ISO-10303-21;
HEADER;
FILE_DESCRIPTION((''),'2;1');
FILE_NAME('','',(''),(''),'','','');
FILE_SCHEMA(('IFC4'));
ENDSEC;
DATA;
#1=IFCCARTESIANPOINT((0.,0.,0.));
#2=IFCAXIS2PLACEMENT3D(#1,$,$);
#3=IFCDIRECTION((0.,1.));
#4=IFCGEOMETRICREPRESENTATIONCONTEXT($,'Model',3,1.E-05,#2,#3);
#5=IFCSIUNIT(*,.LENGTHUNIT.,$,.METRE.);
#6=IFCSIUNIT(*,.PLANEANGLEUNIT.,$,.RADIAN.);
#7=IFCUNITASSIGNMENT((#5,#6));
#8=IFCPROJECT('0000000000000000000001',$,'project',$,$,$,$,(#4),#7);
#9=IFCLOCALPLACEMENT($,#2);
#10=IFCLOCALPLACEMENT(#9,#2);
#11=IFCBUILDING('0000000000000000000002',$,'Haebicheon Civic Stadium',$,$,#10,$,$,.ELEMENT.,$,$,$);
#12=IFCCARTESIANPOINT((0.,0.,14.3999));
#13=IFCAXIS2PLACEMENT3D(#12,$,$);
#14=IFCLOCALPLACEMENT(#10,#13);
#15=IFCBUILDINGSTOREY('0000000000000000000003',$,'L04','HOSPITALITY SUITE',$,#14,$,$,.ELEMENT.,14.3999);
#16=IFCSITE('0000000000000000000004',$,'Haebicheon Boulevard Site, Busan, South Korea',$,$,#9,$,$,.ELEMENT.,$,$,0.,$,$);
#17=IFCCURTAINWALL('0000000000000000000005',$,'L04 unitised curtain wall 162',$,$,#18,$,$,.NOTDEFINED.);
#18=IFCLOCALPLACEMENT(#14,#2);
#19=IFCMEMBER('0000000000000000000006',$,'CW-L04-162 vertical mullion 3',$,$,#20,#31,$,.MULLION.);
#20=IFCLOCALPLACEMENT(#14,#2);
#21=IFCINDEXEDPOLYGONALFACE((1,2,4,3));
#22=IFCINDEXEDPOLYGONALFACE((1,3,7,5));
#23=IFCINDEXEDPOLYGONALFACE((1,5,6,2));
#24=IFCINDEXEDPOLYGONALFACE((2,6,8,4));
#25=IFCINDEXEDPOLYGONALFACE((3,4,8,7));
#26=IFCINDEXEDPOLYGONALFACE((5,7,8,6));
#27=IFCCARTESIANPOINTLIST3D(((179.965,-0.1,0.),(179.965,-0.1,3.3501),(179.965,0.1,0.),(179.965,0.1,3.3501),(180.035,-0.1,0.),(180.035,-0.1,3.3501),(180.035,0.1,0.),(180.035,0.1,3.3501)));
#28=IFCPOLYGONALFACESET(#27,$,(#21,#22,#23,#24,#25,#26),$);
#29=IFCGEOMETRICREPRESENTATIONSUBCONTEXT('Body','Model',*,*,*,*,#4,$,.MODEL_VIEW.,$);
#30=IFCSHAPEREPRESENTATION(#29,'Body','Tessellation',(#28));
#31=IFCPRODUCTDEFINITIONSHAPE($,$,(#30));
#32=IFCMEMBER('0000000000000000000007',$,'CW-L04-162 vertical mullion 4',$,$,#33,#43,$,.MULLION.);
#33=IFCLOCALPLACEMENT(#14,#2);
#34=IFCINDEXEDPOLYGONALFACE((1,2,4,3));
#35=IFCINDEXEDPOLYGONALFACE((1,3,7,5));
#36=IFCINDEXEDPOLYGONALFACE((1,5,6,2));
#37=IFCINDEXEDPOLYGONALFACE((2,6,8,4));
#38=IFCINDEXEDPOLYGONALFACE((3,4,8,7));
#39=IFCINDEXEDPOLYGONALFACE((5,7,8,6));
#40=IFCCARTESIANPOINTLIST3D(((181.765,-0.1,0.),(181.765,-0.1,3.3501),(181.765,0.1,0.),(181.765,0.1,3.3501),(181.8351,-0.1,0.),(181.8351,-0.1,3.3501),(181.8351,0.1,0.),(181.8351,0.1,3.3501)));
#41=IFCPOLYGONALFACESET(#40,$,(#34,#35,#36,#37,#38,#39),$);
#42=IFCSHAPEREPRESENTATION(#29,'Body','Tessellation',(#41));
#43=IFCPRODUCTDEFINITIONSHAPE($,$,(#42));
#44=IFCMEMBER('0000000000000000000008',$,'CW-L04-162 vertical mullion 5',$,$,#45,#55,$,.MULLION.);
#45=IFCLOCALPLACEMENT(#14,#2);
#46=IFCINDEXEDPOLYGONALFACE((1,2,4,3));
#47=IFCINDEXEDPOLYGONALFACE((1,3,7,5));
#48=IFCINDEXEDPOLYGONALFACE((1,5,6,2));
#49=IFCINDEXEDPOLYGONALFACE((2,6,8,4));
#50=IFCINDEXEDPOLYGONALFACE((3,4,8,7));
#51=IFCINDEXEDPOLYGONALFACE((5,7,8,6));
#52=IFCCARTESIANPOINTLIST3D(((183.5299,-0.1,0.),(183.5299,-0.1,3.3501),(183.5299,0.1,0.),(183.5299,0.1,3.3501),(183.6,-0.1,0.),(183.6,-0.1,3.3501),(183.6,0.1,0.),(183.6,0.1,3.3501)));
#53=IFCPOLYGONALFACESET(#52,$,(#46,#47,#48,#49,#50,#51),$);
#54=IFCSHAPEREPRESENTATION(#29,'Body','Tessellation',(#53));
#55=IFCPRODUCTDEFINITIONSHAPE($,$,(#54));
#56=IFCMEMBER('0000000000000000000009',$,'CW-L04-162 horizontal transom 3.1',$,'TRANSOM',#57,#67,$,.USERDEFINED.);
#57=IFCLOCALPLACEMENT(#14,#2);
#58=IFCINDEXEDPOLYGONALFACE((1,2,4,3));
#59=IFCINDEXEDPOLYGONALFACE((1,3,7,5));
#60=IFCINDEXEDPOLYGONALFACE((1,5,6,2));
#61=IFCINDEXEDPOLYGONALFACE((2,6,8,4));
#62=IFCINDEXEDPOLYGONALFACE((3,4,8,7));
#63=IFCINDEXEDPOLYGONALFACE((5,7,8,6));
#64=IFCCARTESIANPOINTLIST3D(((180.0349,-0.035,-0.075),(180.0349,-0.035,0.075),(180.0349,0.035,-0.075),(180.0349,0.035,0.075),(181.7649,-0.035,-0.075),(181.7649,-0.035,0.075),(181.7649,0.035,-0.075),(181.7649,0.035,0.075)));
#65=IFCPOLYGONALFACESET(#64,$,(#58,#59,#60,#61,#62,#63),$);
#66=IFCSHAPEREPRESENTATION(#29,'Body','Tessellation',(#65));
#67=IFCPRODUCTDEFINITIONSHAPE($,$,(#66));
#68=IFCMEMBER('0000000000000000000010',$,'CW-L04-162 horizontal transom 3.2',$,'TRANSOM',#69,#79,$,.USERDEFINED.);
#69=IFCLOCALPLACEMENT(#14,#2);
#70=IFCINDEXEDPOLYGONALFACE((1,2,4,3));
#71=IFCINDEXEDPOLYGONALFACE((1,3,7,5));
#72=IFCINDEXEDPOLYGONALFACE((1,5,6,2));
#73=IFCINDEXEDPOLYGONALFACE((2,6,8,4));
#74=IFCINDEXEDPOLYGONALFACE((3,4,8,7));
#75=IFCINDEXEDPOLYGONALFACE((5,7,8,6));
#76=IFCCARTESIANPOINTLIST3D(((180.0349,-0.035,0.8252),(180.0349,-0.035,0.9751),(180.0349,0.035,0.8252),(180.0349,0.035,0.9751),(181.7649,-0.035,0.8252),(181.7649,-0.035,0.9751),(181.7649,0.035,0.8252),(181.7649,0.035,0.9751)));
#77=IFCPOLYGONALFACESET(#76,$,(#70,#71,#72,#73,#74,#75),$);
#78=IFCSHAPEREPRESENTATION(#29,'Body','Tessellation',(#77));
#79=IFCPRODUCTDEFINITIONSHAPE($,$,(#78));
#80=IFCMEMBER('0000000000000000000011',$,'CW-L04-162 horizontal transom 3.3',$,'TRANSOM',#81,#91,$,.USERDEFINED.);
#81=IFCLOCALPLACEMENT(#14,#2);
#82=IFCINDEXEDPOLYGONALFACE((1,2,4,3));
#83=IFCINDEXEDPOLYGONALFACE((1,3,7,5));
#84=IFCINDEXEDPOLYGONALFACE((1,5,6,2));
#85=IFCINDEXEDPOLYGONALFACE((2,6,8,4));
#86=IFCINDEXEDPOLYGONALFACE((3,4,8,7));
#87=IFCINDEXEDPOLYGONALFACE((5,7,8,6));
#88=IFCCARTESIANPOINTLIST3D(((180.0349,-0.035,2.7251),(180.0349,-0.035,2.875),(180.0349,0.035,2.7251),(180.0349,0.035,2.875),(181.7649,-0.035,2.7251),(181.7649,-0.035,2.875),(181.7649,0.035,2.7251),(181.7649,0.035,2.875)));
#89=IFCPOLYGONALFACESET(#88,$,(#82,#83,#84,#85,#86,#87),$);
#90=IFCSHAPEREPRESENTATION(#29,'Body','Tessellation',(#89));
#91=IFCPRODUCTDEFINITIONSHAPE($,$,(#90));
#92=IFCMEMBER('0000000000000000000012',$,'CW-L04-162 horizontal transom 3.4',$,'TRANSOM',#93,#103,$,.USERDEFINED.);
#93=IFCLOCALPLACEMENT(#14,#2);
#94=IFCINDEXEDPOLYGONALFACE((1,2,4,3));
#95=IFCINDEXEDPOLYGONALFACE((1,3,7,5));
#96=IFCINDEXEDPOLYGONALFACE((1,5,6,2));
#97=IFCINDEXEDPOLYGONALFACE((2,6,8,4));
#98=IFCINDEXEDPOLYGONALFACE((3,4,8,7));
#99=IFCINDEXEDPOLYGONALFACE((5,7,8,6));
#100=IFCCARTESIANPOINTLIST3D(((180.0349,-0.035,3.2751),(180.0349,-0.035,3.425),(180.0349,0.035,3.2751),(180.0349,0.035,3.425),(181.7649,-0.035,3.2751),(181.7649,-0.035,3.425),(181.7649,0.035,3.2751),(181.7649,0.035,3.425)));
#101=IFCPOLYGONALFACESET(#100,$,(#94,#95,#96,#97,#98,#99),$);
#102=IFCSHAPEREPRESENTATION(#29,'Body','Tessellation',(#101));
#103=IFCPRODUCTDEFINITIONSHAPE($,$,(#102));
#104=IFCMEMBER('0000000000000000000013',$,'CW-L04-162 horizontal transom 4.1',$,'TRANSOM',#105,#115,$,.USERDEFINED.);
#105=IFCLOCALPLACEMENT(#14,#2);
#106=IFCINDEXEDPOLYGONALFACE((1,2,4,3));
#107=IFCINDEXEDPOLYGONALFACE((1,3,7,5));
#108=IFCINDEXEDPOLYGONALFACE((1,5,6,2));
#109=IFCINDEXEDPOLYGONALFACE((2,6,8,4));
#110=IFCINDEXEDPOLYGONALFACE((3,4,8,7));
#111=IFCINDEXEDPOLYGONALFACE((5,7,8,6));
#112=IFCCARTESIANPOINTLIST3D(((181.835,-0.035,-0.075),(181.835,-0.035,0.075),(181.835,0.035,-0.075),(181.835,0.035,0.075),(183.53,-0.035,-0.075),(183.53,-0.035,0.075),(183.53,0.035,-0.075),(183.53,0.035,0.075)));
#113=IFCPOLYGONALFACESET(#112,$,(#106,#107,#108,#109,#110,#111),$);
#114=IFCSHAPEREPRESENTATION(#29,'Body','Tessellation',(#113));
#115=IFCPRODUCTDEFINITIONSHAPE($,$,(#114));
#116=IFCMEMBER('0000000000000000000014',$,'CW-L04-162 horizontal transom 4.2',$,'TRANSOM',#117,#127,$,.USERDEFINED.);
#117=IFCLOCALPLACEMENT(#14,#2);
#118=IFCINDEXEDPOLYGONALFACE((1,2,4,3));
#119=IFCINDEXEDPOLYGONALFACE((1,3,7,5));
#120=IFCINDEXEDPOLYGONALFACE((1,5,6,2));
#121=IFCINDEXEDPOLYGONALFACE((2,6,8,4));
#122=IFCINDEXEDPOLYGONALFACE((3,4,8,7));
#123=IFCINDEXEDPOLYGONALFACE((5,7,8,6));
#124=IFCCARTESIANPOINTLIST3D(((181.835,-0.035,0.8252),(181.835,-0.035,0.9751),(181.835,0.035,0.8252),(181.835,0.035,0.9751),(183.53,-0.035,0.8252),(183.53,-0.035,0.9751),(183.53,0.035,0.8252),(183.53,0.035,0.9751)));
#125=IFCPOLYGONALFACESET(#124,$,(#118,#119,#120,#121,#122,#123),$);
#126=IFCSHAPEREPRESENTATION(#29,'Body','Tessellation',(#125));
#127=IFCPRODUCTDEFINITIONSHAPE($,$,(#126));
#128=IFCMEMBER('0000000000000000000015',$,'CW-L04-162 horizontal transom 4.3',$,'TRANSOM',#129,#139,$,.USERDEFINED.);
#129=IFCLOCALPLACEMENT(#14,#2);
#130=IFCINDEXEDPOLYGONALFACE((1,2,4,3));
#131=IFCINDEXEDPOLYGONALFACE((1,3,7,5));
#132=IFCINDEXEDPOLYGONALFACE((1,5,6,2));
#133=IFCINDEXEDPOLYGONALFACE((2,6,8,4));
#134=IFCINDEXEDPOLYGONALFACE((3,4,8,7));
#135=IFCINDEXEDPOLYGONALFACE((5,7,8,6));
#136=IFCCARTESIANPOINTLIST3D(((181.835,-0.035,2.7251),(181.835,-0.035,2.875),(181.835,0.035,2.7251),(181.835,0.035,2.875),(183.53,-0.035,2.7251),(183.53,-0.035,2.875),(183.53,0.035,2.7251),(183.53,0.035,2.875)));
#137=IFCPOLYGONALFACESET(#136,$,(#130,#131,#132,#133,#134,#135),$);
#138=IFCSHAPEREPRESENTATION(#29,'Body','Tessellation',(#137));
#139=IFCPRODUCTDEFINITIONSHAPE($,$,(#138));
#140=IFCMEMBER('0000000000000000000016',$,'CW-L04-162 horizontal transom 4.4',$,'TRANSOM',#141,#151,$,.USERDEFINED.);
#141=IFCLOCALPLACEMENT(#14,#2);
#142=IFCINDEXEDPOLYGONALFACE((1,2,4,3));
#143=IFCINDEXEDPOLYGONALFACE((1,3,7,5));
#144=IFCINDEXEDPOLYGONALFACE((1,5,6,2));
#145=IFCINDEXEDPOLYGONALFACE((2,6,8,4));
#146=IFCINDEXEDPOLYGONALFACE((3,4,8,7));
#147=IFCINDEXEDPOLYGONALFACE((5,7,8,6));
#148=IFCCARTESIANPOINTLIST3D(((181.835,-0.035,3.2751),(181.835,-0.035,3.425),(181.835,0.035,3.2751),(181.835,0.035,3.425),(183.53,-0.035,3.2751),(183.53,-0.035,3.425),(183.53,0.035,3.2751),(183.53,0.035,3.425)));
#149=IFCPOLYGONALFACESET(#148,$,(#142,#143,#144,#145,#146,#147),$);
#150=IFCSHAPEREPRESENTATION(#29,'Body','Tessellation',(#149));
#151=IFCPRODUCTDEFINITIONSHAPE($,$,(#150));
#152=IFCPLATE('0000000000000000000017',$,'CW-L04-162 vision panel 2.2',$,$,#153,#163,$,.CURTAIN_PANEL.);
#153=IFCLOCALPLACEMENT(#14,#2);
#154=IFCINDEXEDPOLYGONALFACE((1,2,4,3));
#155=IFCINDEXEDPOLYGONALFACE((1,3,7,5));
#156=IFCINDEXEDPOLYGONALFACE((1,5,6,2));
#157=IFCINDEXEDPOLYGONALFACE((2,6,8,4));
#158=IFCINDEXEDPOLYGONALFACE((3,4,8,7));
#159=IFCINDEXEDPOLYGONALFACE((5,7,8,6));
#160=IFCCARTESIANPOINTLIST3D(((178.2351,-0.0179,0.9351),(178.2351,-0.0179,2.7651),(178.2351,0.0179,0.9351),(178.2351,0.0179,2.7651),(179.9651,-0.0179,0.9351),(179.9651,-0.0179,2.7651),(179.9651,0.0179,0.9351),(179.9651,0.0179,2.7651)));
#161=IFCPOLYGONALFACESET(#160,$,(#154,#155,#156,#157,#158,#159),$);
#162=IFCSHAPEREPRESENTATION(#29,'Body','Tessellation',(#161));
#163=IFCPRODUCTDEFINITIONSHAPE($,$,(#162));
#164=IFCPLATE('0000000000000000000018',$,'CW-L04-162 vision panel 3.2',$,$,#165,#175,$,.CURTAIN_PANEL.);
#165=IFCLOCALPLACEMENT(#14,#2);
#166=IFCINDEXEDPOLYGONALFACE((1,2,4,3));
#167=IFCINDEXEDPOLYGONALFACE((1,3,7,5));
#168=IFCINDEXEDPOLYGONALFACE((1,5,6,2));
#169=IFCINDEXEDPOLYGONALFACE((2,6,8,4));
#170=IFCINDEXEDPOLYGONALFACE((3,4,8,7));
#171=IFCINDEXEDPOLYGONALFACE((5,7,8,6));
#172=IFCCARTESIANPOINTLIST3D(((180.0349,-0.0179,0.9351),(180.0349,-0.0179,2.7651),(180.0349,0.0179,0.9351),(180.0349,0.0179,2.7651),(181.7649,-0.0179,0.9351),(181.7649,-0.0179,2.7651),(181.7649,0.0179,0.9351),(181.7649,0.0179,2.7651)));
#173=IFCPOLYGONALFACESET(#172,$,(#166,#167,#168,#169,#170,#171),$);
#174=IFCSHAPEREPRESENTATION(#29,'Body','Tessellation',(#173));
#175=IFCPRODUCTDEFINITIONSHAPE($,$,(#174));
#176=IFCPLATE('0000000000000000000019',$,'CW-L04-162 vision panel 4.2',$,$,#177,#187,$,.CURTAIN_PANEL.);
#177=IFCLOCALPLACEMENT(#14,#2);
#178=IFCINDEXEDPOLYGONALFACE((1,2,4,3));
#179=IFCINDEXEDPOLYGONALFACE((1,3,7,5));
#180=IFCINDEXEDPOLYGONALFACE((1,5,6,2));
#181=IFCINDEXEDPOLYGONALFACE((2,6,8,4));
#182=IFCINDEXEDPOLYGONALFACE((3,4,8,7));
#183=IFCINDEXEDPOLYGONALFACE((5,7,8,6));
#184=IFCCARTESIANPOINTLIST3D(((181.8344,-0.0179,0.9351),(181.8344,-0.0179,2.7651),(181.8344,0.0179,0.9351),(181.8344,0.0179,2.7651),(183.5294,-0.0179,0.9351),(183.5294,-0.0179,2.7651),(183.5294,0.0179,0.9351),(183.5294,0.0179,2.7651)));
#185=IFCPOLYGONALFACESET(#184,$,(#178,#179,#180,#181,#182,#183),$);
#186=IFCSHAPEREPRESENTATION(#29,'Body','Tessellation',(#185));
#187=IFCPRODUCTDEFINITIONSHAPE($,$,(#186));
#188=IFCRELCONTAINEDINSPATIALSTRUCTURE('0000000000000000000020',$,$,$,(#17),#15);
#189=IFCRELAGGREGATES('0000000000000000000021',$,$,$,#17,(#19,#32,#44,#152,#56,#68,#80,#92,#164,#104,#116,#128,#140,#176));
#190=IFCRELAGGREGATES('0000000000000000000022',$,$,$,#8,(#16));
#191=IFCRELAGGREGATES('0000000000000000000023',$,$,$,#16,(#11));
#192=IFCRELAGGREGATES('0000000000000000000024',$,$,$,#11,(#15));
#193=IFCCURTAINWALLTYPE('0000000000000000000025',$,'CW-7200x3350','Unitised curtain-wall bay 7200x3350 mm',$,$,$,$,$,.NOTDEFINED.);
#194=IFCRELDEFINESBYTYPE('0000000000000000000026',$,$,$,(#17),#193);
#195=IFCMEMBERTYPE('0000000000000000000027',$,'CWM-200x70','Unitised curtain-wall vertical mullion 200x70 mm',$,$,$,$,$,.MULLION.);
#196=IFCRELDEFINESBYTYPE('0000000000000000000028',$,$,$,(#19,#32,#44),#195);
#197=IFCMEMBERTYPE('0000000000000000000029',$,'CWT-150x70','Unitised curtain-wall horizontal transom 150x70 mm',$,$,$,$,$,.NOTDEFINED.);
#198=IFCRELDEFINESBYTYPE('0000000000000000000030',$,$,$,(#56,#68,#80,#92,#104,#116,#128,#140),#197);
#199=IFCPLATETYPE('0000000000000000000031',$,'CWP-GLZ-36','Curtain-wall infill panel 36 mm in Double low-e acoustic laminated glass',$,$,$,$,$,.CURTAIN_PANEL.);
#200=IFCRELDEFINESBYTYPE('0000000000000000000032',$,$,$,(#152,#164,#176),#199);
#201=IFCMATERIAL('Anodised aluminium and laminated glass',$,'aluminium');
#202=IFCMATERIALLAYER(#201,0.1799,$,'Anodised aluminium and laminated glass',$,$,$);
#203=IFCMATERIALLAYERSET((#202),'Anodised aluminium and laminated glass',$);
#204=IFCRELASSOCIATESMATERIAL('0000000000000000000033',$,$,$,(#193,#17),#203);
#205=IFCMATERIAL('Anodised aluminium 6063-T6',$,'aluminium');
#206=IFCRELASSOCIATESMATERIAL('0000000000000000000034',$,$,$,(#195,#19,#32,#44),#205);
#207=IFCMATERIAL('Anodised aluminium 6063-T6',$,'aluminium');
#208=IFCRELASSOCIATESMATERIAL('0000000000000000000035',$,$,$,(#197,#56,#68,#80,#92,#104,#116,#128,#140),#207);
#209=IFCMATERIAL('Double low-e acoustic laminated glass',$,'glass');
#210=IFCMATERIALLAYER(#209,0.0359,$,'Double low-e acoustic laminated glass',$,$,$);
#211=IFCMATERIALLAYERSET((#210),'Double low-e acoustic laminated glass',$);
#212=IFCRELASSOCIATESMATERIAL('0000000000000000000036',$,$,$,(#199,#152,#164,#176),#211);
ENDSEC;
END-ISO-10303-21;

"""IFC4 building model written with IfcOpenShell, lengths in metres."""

from ifc_helpers import new_model, si_unit, direction, frame, origin, origin_2d, place, context, subcontext, project, spatial, rectangle, extrude, material, layer, layer_set, material_profile, profile_set, type_object, element, aggregate, save


model = new_model("IFC4")

# Units and contexts
model_context = context("Model", 3, precision=1e-05, world=origin(), true_north=direction((0.0, 1.0)))
body_context = subcontext(model_context, "Body", "Model", "MODEL_VIEW")
ifc_project = project(units=[si_unit("LENGTHUNIT", "METRE"), si_unit("PLANEANGLEUNIT", "RADIAN")], contexts=[model_context])

# Site, building, storey
site_placement = place(None, origin())
site = spatial("IfcSite", under=ifc_project, at=site_placement, Name="Haebicheon Boulevard Site, Busan, South Korea", CompositionType="ELEMENT", RefElevation=0.0)
building_placement = place(site_placement, origin())
building = spatial("IfcBuilding", under=site, at=building_placement, Name="Haebicheon Civic Stadium", CompositionType="ELEMENT")
storey_placement = place(building_placement, frame((0.0, 0.0, 14.3999)))
storey = spatial("IfcBuildingStorey", under=building, at=storey_placement, Name="L04", Description="HOSPITALITY SUITE", CompositionType="ELEMENT", Elevation=14.3999)

# Curtain wall, members, plates
ifc_material_1 = material(Name="Anodised aluminium and laminated glass", Category="aluminium")
ifc_layer_1 = layer(ifc_material_1, 0.1799, Name="Anodised aluminium and laminated glass")
ifc_layer_set_1 = layer_set([ifc_layer_1], Name="Anodised aluminium and laminated glass")
curtain_wall_type = type_object("IfcCurtainWallType", Name="CW-7200x3350", Description="Unitised curtain-wall bay 7200x3350 mm", PredefinedType="NOTDEFINED", material=ifc_layer_set_1)
curtain_wall_placement = place(storey_placement, origin())
curtain_wall = element("IfcCurtainWall", 1, at=curtain_wall_placement, inside=storey, type_object=curtain_wall_type, material=ifc_layer_set_1, Name="L04 unitised curtain wall 162", PredefinedType="NOTDEFINED")
ifc_material_2 = material(Name="Anodised aluminium 6063-T6", Category="aluminium")
ifc_material_profile_1 = material_profile(ifc_material_2, rectangle(XDim=0.0701, YDim=0.2, at=origin_2d()), Name="ALU-MULL-70x200")
ifc_profile_set_1 = profile_set([ifc_material_profile_1], Name="Anodised aluminium 6063-T6")
member_type_1 = type_object("IfcMemberType", Name="CWM-200x70", Description="Unitised curtain-wall vertical mullion 200x70 mm", PredefinedType="MULLION", material=ifc_profile_set_1)
member_1_placement = place(storey_placement, frame((180.0, 0.0, 0.0), z_axis=(0.0, 0.0, 1.0), x_axis=(1.0, 0.0, 0.0)))
member_1 = element("IfcMember", 2, at=member_1_placement, type_object=member_type_1, material=ifc_profile_set_1, Name="CW-L04-162 vertical mullion 3", PredefinedType="MULLION", context=body_context, shape_type="SweptSolid", body=[
    extrude(rectangle(XDim=0.0701, YDim=0.2, at=origin_2d()), origin(), (0.0, 0.0, 1.0), 3.3501),
])
member_2_placement = place(storey_placement, frame((181.8, 0.0, 0.0), z_axis=(0.0, 0.0, 1.0), x_axis=(1.0, 0.0, 0.0)))
member_2 = element("IfcMember", 3, at=member_2_placement, type_object=member_type_1, material=ifc_profile_set_1, Name="CW-L04-162 vertical mullion 4", PredefinedType="MULLION", context=body_context, shape_type="SweptSolid", body=[
    extrude(rectangle(XDim=0.0701, YDim=0.2, at=origin_2d()), origin(), (0.0, 0.0, 1.0), 3.3501),
])
member_3_placement = place(storey_placement, frame((183.5649, 0.0, 0.0), z_axis=(0.0, 0.0, 1.0), x_axis=(1.0, 0.0, 0.0)))
member_3 = element("IfcMember", 4, at=member_3_placement, type_object=member_type_1, material=ifc_profile_set_1, Name="CW-L04-162 vertical mullion 5", PredefinedType="MULLION", context=body_context, shape_type="SweptSolid", body=[
    extrude(rectangle(XDim=0.0701, YDim=0.2, at=origin_2d()), origin(), (0.0, 0.0, 1.0), 3.3501),
])
ifc_material_3 = material(Name="Anodised aluminium 6063-T6", Category="aluminium")
ifc_material_profile_2 = material_profile(ifc_material_3, rectangle(XDim=0.0701, YDim=0.1499, at=origin_2d()), Name="ALU-TRAN-70x150")
ifc_profile_set_2 = profile_set([ifc_material_profile_2], Name="Anodised aluminium 6063-T6")
member_type_2 = type_object("IfcMemberType", Name="CWT-150x70", Description="Unitised curtain-wall horizontal transom 150x70 mm", PredefinedType="NOTDEFINED", material=ifc_profile_set_2)
member_4_placement = place(storey_placement, frame((180.0349, 0.0, 0.0), z_axis=(1.0, 0.0, 0.0), x_axis=(0.0, 1.0, 0.0)))
member_4 = element("IfcMember", 5, at=member_4_placement, type_object=member_type_2, material=ifc_profile_set_2, Name="CW-L04-162 horizontal transom 3.1", ObjectType="TRANSOM", PredefinedType="USERDEFINED", context=body_context, shape_type="SweptSolid", body=[
    extrude(rectangle(XDim=0.0701, YDim=0.1499, at=origin_2d()), origin(), (0.0, 0.0, 1.0), 1.73),
])
member_5_placement = place(storey_placement, frame((180.0349, 0.0, 0.9001), z_axis=(1.0, 0.0, 0.0), x_axis=(0.0, 1.0, 0.0)))
member_5 = element("IfcMember", 6, at=member_5_placement, type_object=member_type_2, material=ifc_profile_set_2, Name="CW-L04-162 horizontal transom 3.2", ObjectType="TRANSOM", PredefinedType="USERDEFINED", context=body_context, shape_type="SweptSolid", body=[
    extrude(rectangle(XDim=0.0701, YDim=0.1499, at=origin_2d()), origin(), (0.0, 0.0, 1.0), 1.73),
])
member_6_placement = place(storey_placement, frame((180.0349, 0.0, 2.8), z_axis=(1.0, 0.0, 0.0), x_axis=(0.0, 1.0, 0.0)))
member_6 = element("IfcMember", 7, at=member_6_placement, type_object=member_type_2, material=ifc_profile_set_2, Name="CW-L04-162 horizontal transom 3.3", ObjectType="TRANSOM", PredefinedType="USERDEFINED", context=body_context, shape_type="SweptSolid", body=[
    extrude(rectangle(XDim=0.0701, YDim=0.1499, at=origin_2d()), origin(), (0.0, 0.0, 1.0), 1.73),
])
member_7_placement = place(storey_placement, frame((180.0349, 0.0, 3.3501), z_axis=(1.0, 0.0, 0.0), x_axis=(0.0, 1.0, 0.0)))
member_7 = element("IfcMember", 8, at=member_7_placement, type_object=member_type_2, material=ifc_profile_set_2, Name="CW-L04-162 horizontal transom 3.4", ObjectType="TRANSOM", PredefinedType="USERDEFINED", context=body_context, shape_type="SweptSolid", body=[
    extrude(rectangle(XDim=0.0701, YDim=0.1499, at=origin_2d()), origin(), (0.0, 0.0, 1.0), 1.73),
])
member_8_placement = place(storey_placement, frame((181.835, 0.0, 0.0), z_axis=(1.0, 0.0, 0.0), x_axis=(0.0, 1.0, 0.0)))
member_8 = element("IfcMember", 9, at=member_8_placement, type_object=member_type_2, material=ifc_profile_set_2, Name="CW-L04-162 horizontal transom 4.1", ObjectType="TRANSOM", PredefinedType="USERDEFINED", context=body_context, shape_type="SweptSolid", body=[
    extrude(rectangle(XDim=0.0701, YDim=0.1499, at=origin_2d()), origin(), (0.0, 0.0, 1.0), 1.6951),
])
member_9_placement = place(storey_placement, frame((181.835, 0.0, 0.9001), z_axis=(1.0, 0.0, 0.0), x_axis=(0.0, 1.0, 0.0)))
member_9 = element("IfcMember", 10, at=member_9_placement, type_object=member_type_2, material=ifc_profile_set_2, Name="CW-L04-162 horizontal transom 4.2", ObjectType="TRANSOM", PredefinedType="USERDEFINED", context=body_context, shape_type="SweptSolid", body=[
    extrude(rectangle(XDim=0.0701, YDim=0.1499, at=origin_2d()), origin(), (0.0, 0.0, 1.0), 1.6951),
])
member_10_placement = place(storey_placement, frame((181.835, 0.0, 2.8), z_axis=(1.0, 0.0, 0.0), x_axis=(0.0, 1.0, 0.0)))
member_10 = element("IfcMember", 11, at=member_10_placement, type_object=member_type_2, material=ifc_profile_set_2, Name="CW-L04-162 horizontal transom 4.3", ObjectType="TRANSOM", PredefinedType="USERDEFINED", context=body_context, shape_type="SweptSolid", body=[
    extrude(rectangle(XDim=0.0701, YDim=0.1499, at=origin_2d()), origin(), (0.0, 0.0, 1.0), 1.6951),
])
member_11_placement = place(storey_placement, frame((181.835, 0.0, 3.3501), z_axis=(1.0, 0.0, 0.0), x_axis=(0.0, 1.0, 0.0)))
member_11 = element("IfcMember", 12, at=member_11_placement, type_object=member_type_2, material=ifc_profile_set_2, Name="CW-L04-162 horizontal transom 4.4", ObjectType="TRANSOM", PredefinedType="USERDEFINED", context=body_context, shape_type="SweptSolid", body=[
    extrude(rectangle(XDim=0.0701, YDim=0.1499, at=origin_2d()), origin(), (0.0, 0.0, 1.0), 1.6951),
])
ifc_material_4 = material(Name="Double low-e acoustic laminated glass", Category="glass")
ifc_layer_2 = layer(ifc_material_4, 0.0359, Name="Double low-e acoustic laminated glass")
ifc_layer_set_2 = layer_set([ifc_layer_2], Name="Double low-e acoustic laminated glass")
plate_type_1 = type_object("IfcPlateType", Name="CWP-GLZ-36", Description="Curtain-wall infill panel 36 mm in Double low-e acoustic laminated glass", PredefinedType="CURTAIN_PANEL", material=ifc_layer_set_2)
plate_1_placement = place(storey_placement, frame((179.1001, 0.0, 0.9351), z_axis=(0.0, 0.0, 1.0), x_axis=(1.0, 0.0, 0.0)))
plate_1 = element("IfcPlate", 13, at=plate_1_placement, type_object=plate_type_1, material=ifc_layer_set_2, Name="CW-L04-162 vision panel 2.2", PredefinedType="CURTAIN_PANEL", context=body_context, shape_type="SweptSolid", body=[
    extrude(rectangle(XDim=1.73, YDim=0.0359, at=origin_2d()), origin(), (0.0, 0.0, 1.0), 1.8301),
])
plate_2_placement = place(storey_placement, frame((180.8999, 0.0, 0.9351), z_axis=(0.0, 0.0, 1.0), x_axis=(1.0, 0.0, 0.0)))
plate_2 = element("IfcPlate", 14, at=plate_2_placement, type_object=plate_type_1, material=ifc_layer_set_2, Name="CW-L04-162 vision panel 3.2", PredefinedType="CURTAIN_PANEL", context=body_context, shape_type="SweptSolid", body=[
    extrude(rectangle(XDim=1.73, YDim=0.0359, at=origin_2d()), origin(), (0.0, 0.0, 1.0), 1.8301),
])
plate_3_placement = place(storey_placement, frame((182.6819, 0.0, 0.9351), z_axis=(0.0, 0.0, 1.0), x_axis=(1.0, 0.0, 0.0)))
plate_3 = element("IfcPlate", 15, at=plate_3_placement, type_object=plate_type_1, material=ifc_layer_set_2, Name="CW-L04-162 vision panel 4.2", PredefinedType="CURTAIN_PANEL", context=body_context, shape_type="SweptSolid", body=[
    extrude(rectangle(XDim=1.6951, YDim=0.0359, at=origin_2d()), origin(), (0.0, 0.0, 1.0), 1.8301),
])
aggregate(curtain_wall, [member_1, member_2, member_3, plate_1, member_4, member_5, member_6, member_7, plate_2, member_8, member_9, member_10, member_11, plate_3])

save(model, "model.ifc")
